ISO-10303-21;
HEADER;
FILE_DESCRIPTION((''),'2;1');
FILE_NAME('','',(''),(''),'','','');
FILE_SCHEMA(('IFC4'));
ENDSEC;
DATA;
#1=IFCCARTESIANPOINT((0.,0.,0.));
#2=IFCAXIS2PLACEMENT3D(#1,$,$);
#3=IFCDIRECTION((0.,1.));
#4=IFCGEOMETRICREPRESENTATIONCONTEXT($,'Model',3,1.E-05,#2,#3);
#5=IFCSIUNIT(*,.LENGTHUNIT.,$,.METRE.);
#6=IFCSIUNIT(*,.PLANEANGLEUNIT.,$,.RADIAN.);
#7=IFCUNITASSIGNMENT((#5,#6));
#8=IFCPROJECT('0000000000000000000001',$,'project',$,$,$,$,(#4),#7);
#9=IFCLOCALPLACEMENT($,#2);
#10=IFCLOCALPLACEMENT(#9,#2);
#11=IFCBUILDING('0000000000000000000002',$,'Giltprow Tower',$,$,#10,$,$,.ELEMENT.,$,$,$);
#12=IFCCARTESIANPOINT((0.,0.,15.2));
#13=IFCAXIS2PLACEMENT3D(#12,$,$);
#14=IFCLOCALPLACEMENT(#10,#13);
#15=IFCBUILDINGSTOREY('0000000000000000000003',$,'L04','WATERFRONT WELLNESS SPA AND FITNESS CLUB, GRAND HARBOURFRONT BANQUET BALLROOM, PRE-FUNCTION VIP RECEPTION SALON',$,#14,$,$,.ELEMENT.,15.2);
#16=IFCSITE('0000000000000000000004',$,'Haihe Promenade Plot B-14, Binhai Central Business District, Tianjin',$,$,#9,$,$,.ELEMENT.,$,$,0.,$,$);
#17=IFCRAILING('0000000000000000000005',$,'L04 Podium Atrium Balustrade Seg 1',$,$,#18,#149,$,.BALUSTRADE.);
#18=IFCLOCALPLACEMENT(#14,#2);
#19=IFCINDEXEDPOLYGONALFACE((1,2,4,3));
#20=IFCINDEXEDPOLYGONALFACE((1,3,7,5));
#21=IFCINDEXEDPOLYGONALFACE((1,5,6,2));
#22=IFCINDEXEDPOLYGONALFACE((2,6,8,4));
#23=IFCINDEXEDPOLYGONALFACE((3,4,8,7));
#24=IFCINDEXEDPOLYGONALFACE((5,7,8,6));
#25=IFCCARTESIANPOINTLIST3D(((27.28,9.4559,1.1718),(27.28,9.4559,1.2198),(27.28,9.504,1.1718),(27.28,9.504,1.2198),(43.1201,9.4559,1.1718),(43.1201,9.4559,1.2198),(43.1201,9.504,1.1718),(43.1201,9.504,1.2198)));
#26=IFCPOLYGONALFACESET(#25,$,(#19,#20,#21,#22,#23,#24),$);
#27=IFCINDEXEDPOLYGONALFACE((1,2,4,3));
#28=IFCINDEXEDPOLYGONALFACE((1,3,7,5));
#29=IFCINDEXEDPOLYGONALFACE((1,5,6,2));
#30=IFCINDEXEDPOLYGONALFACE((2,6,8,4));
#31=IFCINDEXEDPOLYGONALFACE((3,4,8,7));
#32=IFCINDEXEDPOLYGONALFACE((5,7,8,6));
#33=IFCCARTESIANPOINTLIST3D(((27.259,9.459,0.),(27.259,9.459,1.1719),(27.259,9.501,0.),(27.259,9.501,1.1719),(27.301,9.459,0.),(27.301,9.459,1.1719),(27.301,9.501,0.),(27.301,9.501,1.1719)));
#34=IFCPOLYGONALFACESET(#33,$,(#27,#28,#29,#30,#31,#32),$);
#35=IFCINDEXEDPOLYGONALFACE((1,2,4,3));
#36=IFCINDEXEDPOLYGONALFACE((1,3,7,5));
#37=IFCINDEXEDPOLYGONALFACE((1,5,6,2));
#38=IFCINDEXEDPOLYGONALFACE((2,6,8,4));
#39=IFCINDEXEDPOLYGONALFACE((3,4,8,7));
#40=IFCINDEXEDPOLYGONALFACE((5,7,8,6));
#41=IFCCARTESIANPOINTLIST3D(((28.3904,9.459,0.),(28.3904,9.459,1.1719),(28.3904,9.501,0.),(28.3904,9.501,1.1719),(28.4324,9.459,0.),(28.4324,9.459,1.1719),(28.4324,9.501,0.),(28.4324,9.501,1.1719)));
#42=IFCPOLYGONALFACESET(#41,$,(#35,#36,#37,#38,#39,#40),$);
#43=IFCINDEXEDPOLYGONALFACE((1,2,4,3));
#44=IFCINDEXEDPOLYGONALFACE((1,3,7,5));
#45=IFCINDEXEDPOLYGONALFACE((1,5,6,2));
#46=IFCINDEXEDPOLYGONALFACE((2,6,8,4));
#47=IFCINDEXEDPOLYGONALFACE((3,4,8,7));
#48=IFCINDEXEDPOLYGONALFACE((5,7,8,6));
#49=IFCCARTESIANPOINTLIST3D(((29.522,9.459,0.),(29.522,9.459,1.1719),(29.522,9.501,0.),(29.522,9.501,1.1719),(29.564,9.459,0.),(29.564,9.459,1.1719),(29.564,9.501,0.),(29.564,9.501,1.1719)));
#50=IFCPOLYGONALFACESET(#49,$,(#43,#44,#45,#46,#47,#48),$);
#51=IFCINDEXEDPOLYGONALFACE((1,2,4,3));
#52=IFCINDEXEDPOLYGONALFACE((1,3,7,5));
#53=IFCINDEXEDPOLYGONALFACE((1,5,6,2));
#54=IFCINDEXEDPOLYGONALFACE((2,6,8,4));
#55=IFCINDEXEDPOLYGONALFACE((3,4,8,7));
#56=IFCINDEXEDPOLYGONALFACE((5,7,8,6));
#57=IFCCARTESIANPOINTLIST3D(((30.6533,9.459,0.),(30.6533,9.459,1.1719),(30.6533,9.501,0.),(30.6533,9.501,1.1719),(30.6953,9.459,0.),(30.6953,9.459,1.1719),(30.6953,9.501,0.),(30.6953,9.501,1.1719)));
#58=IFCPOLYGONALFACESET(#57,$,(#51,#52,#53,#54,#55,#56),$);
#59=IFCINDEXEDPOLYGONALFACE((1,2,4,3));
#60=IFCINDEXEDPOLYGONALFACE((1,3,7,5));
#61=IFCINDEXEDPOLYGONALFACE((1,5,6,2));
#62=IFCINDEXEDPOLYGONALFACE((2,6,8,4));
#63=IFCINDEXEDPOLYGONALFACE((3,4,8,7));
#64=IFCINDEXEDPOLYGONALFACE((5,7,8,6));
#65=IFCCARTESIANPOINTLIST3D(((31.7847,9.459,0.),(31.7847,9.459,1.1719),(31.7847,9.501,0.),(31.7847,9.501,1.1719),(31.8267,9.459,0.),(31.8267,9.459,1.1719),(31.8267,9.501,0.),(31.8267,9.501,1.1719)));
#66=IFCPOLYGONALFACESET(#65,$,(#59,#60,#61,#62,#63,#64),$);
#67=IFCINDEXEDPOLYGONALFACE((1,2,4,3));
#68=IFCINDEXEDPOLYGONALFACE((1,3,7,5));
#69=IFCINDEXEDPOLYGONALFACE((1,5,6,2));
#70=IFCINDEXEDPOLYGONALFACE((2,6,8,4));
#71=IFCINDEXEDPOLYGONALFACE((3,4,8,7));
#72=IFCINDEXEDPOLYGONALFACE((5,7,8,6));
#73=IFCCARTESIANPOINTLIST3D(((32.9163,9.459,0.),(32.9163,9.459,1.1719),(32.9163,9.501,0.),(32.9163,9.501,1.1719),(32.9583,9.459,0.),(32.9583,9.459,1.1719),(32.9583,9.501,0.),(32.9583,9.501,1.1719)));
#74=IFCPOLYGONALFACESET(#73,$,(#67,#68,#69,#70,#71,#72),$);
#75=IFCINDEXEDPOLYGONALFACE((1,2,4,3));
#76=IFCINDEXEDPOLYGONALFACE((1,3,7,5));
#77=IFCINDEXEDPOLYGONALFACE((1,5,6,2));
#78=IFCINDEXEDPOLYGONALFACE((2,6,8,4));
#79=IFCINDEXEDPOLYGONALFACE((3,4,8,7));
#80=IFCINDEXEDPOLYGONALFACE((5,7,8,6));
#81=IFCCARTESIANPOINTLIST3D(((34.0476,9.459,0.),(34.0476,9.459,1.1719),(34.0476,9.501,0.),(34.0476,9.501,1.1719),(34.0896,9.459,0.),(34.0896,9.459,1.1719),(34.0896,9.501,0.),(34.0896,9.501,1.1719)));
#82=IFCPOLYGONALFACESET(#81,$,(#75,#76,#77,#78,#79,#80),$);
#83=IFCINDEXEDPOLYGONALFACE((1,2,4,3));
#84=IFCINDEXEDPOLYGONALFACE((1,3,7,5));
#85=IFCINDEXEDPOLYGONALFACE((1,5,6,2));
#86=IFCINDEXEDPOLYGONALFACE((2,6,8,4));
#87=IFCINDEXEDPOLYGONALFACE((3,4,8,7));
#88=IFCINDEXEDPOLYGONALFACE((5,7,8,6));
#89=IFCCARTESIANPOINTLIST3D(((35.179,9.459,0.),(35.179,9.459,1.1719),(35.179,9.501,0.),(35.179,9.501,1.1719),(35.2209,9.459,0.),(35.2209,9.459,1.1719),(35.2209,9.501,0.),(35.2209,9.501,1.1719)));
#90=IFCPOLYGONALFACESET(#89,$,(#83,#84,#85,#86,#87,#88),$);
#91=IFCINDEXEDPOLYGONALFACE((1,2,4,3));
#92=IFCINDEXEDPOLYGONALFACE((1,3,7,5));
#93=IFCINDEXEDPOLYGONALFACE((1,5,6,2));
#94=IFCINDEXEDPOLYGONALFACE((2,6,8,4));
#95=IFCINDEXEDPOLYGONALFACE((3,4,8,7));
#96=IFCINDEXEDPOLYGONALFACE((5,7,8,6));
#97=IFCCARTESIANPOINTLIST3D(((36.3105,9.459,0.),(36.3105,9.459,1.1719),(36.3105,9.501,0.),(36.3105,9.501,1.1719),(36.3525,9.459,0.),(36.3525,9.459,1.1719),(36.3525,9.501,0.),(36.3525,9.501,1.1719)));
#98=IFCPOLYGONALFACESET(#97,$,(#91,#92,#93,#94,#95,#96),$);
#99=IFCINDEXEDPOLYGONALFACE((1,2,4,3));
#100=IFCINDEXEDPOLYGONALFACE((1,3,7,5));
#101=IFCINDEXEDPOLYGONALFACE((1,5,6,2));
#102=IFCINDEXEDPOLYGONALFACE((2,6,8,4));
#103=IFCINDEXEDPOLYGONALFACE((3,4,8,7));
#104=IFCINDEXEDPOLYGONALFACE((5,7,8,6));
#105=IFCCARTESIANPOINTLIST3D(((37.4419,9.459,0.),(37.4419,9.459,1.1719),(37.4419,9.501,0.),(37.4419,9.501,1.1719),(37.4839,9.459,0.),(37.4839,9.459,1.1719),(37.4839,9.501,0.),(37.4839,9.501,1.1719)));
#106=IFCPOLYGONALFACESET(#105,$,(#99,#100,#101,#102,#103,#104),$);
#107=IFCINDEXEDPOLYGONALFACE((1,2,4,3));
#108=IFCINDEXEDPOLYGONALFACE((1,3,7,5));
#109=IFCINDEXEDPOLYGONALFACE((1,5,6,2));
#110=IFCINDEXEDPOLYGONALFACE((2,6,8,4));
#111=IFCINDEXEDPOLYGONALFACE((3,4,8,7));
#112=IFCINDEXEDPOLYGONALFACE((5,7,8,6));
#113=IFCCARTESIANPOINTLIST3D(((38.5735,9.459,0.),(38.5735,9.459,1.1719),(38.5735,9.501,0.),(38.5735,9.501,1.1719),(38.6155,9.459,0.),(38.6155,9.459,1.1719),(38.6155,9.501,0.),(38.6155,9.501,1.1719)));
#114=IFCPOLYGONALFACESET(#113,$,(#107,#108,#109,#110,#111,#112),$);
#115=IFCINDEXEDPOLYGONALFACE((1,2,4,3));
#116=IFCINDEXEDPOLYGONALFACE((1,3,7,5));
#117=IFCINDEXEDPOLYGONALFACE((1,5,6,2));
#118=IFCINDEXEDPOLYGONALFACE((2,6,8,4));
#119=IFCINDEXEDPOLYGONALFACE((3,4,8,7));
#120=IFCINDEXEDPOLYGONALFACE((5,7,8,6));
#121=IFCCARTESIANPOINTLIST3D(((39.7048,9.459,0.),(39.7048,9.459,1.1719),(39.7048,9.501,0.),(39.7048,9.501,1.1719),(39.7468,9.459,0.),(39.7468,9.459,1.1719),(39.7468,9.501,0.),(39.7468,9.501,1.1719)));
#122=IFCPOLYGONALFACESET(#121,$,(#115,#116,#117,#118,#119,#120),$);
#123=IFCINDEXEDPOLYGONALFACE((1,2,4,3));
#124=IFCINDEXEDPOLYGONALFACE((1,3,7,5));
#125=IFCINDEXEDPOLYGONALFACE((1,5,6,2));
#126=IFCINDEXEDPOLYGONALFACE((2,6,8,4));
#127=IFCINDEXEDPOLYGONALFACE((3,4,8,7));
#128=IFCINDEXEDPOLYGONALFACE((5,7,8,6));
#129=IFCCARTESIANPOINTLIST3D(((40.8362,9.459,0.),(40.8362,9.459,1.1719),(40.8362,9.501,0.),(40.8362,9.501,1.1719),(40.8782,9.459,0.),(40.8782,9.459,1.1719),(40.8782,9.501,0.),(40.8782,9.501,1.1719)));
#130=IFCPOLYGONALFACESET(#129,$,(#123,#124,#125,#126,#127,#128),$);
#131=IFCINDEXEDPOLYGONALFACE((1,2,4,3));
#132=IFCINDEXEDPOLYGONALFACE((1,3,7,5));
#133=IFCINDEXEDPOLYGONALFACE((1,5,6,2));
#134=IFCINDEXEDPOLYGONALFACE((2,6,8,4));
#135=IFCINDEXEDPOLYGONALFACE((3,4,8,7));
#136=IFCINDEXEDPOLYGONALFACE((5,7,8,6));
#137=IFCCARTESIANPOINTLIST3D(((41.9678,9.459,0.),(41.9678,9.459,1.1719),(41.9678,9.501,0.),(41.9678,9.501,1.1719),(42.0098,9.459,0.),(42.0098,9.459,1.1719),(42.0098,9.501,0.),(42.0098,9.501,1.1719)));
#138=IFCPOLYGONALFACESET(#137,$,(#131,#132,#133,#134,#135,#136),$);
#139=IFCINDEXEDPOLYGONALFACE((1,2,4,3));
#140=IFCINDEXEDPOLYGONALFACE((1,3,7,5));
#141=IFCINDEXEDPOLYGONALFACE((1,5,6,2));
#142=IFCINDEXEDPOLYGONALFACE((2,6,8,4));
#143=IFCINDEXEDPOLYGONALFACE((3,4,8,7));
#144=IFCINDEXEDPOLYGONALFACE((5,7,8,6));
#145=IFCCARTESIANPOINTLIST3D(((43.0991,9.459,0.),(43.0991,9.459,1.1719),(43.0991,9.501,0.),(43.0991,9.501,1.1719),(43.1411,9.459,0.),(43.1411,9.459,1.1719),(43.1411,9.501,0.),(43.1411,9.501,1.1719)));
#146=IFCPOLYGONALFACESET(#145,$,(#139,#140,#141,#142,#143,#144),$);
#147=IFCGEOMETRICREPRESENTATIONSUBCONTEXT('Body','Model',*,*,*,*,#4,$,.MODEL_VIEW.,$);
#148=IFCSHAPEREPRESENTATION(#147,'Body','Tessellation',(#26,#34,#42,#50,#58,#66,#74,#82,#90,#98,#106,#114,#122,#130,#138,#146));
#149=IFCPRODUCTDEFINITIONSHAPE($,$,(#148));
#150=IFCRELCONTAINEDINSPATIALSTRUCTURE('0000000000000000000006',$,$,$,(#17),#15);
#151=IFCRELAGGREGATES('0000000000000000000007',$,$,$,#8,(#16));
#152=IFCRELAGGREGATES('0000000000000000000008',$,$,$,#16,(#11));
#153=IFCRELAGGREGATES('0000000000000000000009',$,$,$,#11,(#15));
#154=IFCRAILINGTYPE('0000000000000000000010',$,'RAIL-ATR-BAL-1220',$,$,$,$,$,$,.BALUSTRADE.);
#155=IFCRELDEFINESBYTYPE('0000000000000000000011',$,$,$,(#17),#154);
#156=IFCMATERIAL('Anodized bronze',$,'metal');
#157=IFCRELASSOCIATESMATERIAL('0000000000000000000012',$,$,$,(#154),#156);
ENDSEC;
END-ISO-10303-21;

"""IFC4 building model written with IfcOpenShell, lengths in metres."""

from ifc_helpers import new_model, si_unit, direction, frame, origin, origin_2d, place, context, subcontext, project, spatial, rectangle, extrude, material, type_object, element, save


model = new_model("IFC4")

# Units and contexts
model_context = context("Model", 3, precision=1e-05, world=origin(), true_north=direction((0.0, 1.0)))
body_context = subcontext(model_context, "Body", "Model", "MODEL_VIEW")
ifc_project = project(units=[si_unit("LENGTHUNIT", "METRE"), si_unit("PLANEANGLEUNIT", "RADIAN")], contexts=[model_context])

# Site, building, storey
site_placement = place(None, origin())
site = spatial("IfcSite", under=ifc_project, at=site_placement, Name="Haihe Promenade Plot B-14, Binhai Central Business District, Tianjin", CompositionType="ELEMENT", RefElevation=0.0)
building_placement = place(site_placement, origin())
building = spatial("IfcBuilding", under=site, at=building_placement, Name="Giltprow Tower", CompositionType="ELEMENT")
storey_placement = place(building_placement, frame((0.0, 0.0, 15.2)))
storey = spatial("IfcBuildingStorey", under=building, at=storey_placement, Name="L04", Description="WATERFRONT WELLNESS SPA AND FITNESS CLUB, GRAND HARBOURFRONT BANQUET BALLROOM, PRE-FUNCTION VIP RECEPTION SALON", CompositionType="ELEMENT", Elevation=15.2)

# Railing
ifc_material_1 = material(Name="Anodized bronze", Category="metal")
railing_type = type_object("IfcRailingType", Name="RAIL-ATR-BAL-1220", PredefinedType="BALUSTRADE", material=ifc_material_1)
railing_1_placement = place(storey_placement, frame((27.28, 9.48, 0.0)))
element("IfcRailing", 1, at=railing_1_placement, inside=storey, type_object=railing_type, Name="L04 Podium Atrium Balustrade Seg 1", PredefinedType="BALUSTRADE", context=body_context, shape_type="SweptSolid", body=[
    extrude(rectangle(XDim=0.0481, YDim=0.0481, at=origin_2d()), frame((0.0, 0.0, 1.1958), z_axis=(1.0, 0.0, 0.0), x_axis=(0.0, 1.0, 0.0)), (0.0, 0.0, 1.0), 15.8401),
    extrude(rectangle(XDim=0.042, YDim=0.042, at=origin_2d()), origin(), (0.0, 0.0, 1.0), 1.1719),
    extrude(rectangle(XDim=0.042, YDim=0.042, at=origin_2d()), frame((1.1313, 0.0, 0.0)), (0.0, 0.0, 1.0), 1.1719),
    extrude(rectangle(XDim=0.042, YDim=0.042, at=origin_2d()), frame((2.2629, 0.0, 0.0)), (0.0, 0.0, 1.0), 1.1719),
    extrude(rectangle(XDim=0.042, YDim=0.042, at=origin_2d()), frame((3.3943, 0.0, 0.0)), (0.0, 0.0, 1.0), 1.1719),
    extrude(rectangle(XDim=0.042, YDim=0.042, at=origin_2d()), frame((4.5256, 0.0, 0.0)), (0.0, 0.0, 1.0), 1.1719),
    extrude(rectangle(XDim=0.042, YDim=0.042, at=origin_2d()), frame((5.6572, 0.0, 0.0)), (0.0, 0.0, 1.0), 1.1719),
    extrude(rectangle(XDim=0.042, YDim=0.042, at=origin_2d()), frame((6.7886, 0.0, 0.0)), (0.0, 0.0, 1.0), 1.1719),
    extrude(rectangle(XDim=0.042, YDim=0.042, at=origin_2d()), frame((7.9199, 0.0, 0.0)), (0.0, 0.0, 1.0), 1.1719),
    extrude(rectangle(XDim=0.042, YDim=0.042, at=origin_2d()), frame((9.0515, 0.0, 0.0)), (0.0, 0.0, 1.0), 1.1719),
    extrude(rectangle(XDim=0.042, YDim=0.042, at=origin_2d()), frame((10.1829, 0.0, 0.0)), (0.0, 0.0, 1.0), 1.1719),
    extrude(rectangle(XDim=0.042, YDim=0.042, at=origin_2d()), frame((11.3145, 0.0, 0.0)), (0.0, 0.0, 1.0), 1.1719),
    extrude(rectangle(XDim=0.042, YDim=0.042, at=origin_2d()), frame((12.4458, 0.0, 0.0)), (0.0, 0.0, 1.0), 1.1719),
    extrude(rectangle(XDim=0.042, YDim=0.042, at=origin_2d()), frame((13.5771, 0.0, 0.0)), (0.0, 0.0, 1.0), 1.1719),
    extrude(rectangle(XDim=0.042, YDim=0.042, at=origin_2d()), frame((14.7087, 0.0, 0.0)), (0.0, 0.0, 1.0), 1.1719),
    extrude(rectangle(XDim=0.042, YDim=0.042, at=origin_2d()), frame((15.8401, 0.0, 0.0)), (0.0, 0.0, 1.0), 1.1719),
])

save(model, "model.ifc")
